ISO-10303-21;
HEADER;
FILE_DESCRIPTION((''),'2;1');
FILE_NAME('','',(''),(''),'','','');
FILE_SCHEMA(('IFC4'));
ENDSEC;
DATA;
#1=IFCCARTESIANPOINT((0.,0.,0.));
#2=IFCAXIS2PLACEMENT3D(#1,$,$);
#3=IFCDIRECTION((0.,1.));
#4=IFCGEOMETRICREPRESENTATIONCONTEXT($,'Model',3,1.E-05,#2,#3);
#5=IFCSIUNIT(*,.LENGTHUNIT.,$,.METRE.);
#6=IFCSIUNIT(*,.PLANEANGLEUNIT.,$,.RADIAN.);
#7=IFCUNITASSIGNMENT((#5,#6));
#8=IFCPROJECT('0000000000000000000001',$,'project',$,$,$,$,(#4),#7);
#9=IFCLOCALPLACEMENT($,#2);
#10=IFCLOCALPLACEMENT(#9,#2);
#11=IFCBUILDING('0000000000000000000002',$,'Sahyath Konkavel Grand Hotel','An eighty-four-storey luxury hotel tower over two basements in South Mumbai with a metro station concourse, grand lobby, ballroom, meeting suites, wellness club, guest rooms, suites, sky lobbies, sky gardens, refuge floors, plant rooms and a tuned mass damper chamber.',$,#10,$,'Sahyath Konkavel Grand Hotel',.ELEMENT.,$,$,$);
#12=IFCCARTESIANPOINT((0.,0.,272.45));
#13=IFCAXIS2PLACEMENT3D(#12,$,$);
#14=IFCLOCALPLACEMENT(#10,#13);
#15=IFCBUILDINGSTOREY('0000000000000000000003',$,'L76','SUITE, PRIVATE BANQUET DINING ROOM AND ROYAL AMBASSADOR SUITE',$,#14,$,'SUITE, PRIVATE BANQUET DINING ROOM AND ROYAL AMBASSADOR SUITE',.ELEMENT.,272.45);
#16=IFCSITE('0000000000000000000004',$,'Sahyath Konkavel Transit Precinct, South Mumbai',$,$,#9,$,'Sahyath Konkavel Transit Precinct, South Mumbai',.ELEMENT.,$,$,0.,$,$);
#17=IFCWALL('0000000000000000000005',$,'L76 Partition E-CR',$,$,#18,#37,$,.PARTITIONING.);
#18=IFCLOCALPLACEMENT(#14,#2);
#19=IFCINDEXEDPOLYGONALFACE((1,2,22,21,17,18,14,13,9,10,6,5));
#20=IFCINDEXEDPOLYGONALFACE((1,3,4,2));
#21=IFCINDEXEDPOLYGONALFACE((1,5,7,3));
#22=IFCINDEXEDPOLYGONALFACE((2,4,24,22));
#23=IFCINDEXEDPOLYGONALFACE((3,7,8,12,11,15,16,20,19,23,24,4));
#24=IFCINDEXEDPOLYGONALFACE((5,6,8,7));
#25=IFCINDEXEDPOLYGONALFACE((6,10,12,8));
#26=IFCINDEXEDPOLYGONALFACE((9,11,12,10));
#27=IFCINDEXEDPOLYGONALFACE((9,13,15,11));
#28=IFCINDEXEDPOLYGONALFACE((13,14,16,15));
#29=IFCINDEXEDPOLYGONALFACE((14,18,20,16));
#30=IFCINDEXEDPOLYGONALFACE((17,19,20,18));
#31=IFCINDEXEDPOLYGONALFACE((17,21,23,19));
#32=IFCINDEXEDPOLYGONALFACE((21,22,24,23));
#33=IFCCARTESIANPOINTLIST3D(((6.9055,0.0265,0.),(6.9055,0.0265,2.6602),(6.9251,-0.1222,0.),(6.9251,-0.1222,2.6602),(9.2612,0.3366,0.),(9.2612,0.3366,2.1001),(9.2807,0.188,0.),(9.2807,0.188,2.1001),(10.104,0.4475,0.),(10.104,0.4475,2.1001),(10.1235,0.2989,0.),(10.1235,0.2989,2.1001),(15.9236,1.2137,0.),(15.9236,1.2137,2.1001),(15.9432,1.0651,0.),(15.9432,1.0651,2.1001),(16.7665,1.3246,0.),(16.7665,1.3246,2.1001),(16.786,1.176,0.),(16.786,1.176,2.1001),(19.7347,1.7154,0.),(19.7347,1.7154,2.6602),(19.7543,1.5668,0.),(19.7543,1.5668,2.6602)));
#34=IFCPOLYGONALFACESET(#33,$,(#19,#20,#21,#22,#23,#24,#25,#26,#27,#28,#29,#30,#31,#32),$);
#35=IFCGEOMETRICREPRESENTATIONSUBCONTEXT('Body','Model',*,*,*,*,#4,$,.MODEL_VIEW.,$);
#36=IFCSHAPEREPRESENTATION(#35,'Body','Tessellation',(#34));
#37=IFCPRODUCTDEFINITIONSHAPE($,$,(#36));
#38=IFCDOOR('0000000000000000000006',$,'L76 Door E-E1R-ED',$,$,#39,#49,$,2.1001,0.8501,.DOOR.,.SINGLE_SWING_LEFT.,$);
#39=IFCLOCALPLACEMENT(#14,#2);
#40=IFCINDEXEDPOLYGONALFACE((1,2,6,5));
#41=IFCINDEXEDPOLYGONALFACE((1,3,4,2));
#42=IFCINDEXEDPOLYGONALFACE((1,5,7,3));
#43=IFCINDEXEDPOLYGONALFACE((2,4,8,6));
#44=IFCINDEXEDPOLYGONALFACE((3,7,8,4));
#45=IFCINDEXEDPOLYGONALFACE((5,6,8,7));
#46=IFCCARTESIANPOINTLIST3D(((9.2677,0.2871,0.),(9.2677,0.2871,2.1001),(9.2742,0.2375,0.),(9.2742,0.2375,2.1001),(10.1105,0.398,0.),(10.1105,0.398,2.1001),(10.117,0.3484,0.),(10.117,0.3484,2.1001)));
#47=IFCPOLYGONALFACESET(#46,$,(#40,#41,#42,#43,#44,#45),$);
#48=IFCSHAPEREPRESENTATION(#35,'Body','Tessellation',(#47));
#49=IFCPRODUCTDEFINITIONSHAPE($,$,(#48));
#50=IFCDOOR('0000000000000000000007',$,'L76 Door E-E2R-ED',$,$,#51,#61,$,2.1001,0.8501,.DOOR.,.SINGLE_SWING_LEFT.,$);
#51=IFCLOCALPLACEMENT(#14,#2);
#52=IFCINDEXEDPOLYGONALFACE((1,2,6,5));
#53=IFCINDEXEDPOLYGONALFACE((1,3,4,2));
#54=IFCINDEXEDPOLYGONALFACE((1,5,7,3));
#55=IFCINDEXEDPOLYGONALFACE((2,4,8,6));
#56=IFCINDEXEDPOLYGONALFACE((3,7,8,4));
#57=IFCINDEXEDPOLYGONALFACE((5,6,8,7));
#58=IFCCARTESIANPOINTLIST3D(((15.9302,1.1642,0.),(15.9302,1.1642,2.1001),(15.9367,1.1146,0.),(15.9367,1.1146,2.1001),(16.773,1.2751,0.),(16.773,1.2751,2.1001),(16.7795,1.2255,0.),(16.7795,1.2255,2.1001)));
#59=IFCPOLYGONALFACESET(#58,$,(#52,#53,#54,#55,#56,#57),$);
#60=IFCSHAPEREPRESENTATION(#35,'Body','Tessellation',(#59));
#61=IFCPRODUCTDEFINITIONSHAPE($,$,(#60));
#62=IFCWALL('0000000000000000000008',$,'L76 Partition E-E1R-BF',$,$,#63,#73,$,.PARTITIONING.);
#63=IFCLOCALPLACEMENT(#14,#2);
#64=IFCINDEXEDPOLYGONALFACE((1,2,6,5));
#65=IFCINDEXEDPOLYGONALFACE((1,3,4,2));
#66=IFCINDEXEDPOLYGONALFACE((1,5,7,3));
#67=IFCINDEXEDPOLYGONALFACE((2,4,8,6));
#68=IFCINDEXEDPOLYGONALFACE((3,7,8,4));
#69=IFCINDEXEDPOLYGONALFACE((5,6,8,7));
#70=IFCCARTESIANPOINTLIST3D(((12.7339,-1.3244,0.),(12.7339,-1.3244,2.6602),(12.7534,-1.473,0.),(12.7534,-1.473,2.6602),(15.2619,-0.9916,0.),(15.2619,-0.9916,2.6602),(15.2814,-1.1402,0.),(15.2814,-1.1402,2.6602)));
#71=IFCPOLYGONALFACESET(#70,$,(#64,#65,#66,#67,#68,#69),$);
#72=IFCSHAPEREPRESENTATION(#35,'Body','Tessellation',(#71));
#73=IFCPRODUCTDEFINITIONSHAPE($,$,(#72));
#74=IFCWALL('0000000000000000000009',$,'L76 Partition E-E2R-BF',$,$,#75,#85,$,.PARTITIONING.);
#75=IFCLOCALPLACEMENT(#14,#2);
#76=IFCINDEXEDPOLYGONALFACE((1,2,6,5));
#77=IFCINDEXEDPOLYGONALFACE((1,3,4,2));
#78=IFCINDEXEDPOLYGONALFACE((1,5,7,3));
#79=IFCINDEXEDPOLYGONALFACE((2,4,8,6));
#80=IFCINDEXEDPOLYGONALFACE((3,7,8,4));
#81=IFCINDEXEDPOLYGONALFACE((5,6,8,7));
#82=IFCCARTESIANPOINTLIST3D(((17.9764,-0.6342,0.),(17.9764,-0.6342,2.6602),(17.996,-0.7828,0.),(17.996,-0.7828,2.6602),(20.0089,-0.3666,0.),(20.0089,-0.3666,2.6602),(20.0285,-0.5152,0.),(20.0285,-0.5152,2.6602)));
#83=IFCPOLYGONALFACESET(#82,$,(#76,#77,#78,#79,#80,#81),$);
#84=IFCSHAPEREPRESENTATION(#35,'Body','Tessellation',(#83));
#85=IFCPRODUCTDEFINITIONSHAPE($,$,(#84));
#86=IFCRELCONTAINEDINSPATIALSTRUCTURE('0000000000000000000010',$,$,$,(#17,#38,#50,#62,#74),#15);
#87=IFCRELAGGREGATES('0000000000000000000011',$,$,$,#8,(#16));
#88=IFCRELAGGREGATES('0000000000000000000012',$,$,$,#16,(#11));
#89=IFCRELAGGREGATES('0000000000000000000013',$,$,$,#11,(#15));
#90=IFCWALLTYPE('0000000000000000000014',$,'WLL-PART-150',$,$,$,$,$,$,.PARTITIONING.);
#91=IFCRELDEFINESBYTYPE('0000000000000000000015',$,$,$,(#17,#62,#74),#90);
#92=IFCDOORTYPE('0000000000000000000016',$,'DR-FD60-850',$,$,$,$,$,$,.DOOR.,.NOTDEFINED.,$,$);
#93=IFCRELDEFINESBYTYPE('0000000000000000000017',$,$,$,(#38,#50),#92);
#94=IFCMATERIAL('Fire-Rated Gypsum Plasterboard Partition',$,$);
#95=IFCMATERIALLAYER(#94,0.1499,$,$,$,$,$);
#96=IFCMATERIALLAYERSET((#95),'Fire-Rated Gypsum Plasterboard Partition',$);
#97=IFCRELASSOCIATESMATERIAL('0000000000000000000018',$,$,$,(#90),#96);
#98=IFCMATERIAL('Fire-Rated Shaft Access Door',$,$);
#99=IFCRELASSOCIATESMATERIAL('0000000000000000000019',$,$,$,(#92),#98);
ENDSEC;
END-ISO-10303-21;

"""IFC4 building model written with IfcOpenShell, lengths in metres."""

from ifc_helpers import new_model, si_unit, direction, frame, frame_2d, origin, origin_2d, place, context, subcontext, project, spatial, rectangle, extrude, source, transform, mapped, material, layer, layer_set, type_object, element, fill, save


model = new_model("IFC4")

# Units and contexts
model_context = context("Model", 3, precision=1e-05, world=origin(), true_north=direction((0.0, 1.0)))
body_context = subcontext(model_context, "Body", "Model", "MODEL_VIEW")
ifc_project = project(units=[si_unit("LENGTHUNIT", "METRE"), si_unit("PLANEANGLEUNIT", "RADIAN")], contexts=[model_context])

# Site, building, storey
site_placement = place(None, origin())
site = spatial("IfcSite", under=ifc_project, at=site_placement, Name="Sahyath Konkavel Transit Precinct, South Mumbai", LongName="Sahyath Konkavel Transit Precinct, South Mumbai", CompositionType="ELEMENT", RefElevation=0.0)
building_placement = place(site_placement, origin())
building = spatial("IfcBuilding", under=site, at=building_placement, Name="Sahyath Konkavel Grand Hotel", Description="An eighty-four-storey luxury hotel tower over two basements in South Mumbai with a metro station concourse, grand lobby, ballroom, meeting suites, wellness club, guest rooms, suites, sky lobbies, sky gardens, refuge floors, plant rooms and a tuned mass damper chamber.", LongName="Sahyath Konkavel Grand Hotel", CompositionType="ELEMENT")
storey_placement = place(building_placement, frame((0.0, 0.0, 272.45)))
storey = spatial("IfcBuildingStorey", under=building, at=storey_placement, Name="L76", Description="SUITE, PRIVATE BANQUET DINING ROOM AND ROYAL AMBASSADOR SUITE", LongName="SUITE, PRIVATE BANQUET DINING ROOM AND ROYAL AMBASSADOR SUITE", CompositionType="ELEMENT", Elevation=272.45)

# Wall, openings, doors
ifc_material_1 = material(Name="Fire-Rated Gypsum Plasterboard Partition")
ifc_layer_1 = layer(ifc_material_1, 0.1499)
ifc_layer_set_1 = layer_set([ifc_layer_1], Name="Fire-Rated Gypsum Plasterboard Partition")
wall_type_1 = type_object("IfcWallType", Name="WLL-PART-150", PredefinedType="PARTITIONING", material=ifc_layer_set_1)
wall_1_placement = place(storey_placement, frame((6.9153, -0.0479, 0.0), z_axis=(0.0, 0.0, 1.0), x_axis=(0.991445, 0.130522, 0.0)))
wall_1 = element("IfcWall", 1, at=wall_1_placement, inside=storey, type_object=wall_type_1, Name="L76 Partition E-CR", PredefinedType="PARTITIONING", context=body_context, shape_type="SweptSolid", body=[
    extrude(rectangle(XDim=12.9399, YDim=0.1499, at=frame_2d((6.47, 0.0))), origin(), (0.0, 0.0, 1.0), 2.6602),
])
opening_1_placement = place(wall_1_placement, frame((2.376, 0.0, 0.0)))
opening_1 = element("IfcOpeningElement", 2, at=opening_1_placement, cuts=wall_1, PredefinedType="OPENING", context=body_context, shape_type="SweptSolid", body=[
    extrude(rectangle(XDim=0.8501, YDim=2.1001, at=frame_2d((0.425, 1.05))), frame((0.0, 0.085, 0.0), z_axis=(0.0, -1.0, 0.0), x_axis=(1.0, 0.0, 0.0)), (0.0, 0.0, 1.0), 0.1699),
])
opening_2_placement = place(wall_1_placement, frame((9.0959, 0.0, 0.0)))
opening_2 = element("IfcOpeningElement", 3, at=opening_2_placement, cuts=wall_1, PredefinedType="OPENING", context=body_context, shape_type="SweptSolid", body=[
    extrude(rectangle(XDim=0.8501, YDim=2.1001, at=frame_2d((0.425, 1.05))), frame((0.0, 0.085, 0.0), z_axis=(0.0, -1.0, 0.0), x_axis=(1.0, 0.0, 0.0)), (0.0, 0.0, 1.0), 0.1699),
])
ifc_material_2 = material(Name="Fire-Rated Shaft Access Door")
door_type = type_object("IfcDoorType", Name="DR-FD60-850", OperationType="NOTDEFINED", PredefinedType="DOOR", material=ifc_material_2)
shared_shape_1 = source(origin(), body_context, "Body", "SweptSolid", [
    extrude(rectangle(XDim=0.8501, YDim=0.05, at=origin_2d()), origin(), (0.0, 0.0, 1.0), 2.1001),
])
door_1_placement = place(opening_1_placement, frame((0.425, 0.0, 0.0)))
door_1 = element("IfcDoor", 4, at=door_1_placement, inside=storey, type_object=door_type, Name="L76 Door E-E1R-ED", OperationType="SINGLE_SWING_LEFT", OverallHeight=2.1001, OverallWidth=0.8501, PredefinedType="DOOR", context=body_context, shape_type="MappedRepresentation", body=[
    mapped(shared_shape_1, transform((0.0, 0.0, 0.0), scale=1.0)),
])
fill(opening_1, door_1)
door_2_placement = place(opening_2_placement, frame((0.425, 0.0, 0.0)))
door_2 = element("IfcDoor", 5, at=door_2_placement, inside=storey, type_object=door_type, Name="L76 Door E-E2R-ED", OperationType="SINGLE_SWING_LEFT", OverallHeight=2.1001, OverallWidth=0.8501, PredefinedType="DOOR", context=body_context, shape_type="MappedRepresentation", body=[
    mapped(shared_shape_1, transform((0.0, 0.0, 0.0), scale=1.0)),
])
fill(opening_2, door_2)

# Walls
wall_2_placement = place(storey_placement, frame((12.7437, -1.3987, 0.0), z_axis=(0.0, 0.0, 1.0), x_axis=(0.991448, 0.130502, 0.0)))
element("IfcWall", 6, at=wall_2_placement, inside=storey, type_object=wall_type_1, Name="L76 Partition E-E1R-BF", PredefinedType="PARTITIONING", context=body_context, shape_type="SweptSolid", body=[
    extrude(rectangle(XDim=2.5498, YDim=0.1499, at=frame_2d((1.2749, 0.0))), origin(), (0.0, 0.0, 1.0), 2.6602),
])
wall_3_placement = place(storey_placement, frame((17.9863, -0.7085, 0.0), z_axis=(0.0, 0.0, 1.0), x_axis=(0.991445, 0.130525, 0.0)))
element("IfcWall", 7, at=wall_3_placement, inside=storey, type_object=wall_type_1, Name="L76 Partition E-E2R-BF", PredefinedType="PARTITIONING", context=body_context, shape_type="SweptSolid", body=[
    extrude(rectangle(XDim=2.05, YDim=0.1499, at=frame_2d((1.0249, 0.0))), origin(), (0.0, 0.0, 1.0), 2.6602),
])

save(model, "model.ifc")
